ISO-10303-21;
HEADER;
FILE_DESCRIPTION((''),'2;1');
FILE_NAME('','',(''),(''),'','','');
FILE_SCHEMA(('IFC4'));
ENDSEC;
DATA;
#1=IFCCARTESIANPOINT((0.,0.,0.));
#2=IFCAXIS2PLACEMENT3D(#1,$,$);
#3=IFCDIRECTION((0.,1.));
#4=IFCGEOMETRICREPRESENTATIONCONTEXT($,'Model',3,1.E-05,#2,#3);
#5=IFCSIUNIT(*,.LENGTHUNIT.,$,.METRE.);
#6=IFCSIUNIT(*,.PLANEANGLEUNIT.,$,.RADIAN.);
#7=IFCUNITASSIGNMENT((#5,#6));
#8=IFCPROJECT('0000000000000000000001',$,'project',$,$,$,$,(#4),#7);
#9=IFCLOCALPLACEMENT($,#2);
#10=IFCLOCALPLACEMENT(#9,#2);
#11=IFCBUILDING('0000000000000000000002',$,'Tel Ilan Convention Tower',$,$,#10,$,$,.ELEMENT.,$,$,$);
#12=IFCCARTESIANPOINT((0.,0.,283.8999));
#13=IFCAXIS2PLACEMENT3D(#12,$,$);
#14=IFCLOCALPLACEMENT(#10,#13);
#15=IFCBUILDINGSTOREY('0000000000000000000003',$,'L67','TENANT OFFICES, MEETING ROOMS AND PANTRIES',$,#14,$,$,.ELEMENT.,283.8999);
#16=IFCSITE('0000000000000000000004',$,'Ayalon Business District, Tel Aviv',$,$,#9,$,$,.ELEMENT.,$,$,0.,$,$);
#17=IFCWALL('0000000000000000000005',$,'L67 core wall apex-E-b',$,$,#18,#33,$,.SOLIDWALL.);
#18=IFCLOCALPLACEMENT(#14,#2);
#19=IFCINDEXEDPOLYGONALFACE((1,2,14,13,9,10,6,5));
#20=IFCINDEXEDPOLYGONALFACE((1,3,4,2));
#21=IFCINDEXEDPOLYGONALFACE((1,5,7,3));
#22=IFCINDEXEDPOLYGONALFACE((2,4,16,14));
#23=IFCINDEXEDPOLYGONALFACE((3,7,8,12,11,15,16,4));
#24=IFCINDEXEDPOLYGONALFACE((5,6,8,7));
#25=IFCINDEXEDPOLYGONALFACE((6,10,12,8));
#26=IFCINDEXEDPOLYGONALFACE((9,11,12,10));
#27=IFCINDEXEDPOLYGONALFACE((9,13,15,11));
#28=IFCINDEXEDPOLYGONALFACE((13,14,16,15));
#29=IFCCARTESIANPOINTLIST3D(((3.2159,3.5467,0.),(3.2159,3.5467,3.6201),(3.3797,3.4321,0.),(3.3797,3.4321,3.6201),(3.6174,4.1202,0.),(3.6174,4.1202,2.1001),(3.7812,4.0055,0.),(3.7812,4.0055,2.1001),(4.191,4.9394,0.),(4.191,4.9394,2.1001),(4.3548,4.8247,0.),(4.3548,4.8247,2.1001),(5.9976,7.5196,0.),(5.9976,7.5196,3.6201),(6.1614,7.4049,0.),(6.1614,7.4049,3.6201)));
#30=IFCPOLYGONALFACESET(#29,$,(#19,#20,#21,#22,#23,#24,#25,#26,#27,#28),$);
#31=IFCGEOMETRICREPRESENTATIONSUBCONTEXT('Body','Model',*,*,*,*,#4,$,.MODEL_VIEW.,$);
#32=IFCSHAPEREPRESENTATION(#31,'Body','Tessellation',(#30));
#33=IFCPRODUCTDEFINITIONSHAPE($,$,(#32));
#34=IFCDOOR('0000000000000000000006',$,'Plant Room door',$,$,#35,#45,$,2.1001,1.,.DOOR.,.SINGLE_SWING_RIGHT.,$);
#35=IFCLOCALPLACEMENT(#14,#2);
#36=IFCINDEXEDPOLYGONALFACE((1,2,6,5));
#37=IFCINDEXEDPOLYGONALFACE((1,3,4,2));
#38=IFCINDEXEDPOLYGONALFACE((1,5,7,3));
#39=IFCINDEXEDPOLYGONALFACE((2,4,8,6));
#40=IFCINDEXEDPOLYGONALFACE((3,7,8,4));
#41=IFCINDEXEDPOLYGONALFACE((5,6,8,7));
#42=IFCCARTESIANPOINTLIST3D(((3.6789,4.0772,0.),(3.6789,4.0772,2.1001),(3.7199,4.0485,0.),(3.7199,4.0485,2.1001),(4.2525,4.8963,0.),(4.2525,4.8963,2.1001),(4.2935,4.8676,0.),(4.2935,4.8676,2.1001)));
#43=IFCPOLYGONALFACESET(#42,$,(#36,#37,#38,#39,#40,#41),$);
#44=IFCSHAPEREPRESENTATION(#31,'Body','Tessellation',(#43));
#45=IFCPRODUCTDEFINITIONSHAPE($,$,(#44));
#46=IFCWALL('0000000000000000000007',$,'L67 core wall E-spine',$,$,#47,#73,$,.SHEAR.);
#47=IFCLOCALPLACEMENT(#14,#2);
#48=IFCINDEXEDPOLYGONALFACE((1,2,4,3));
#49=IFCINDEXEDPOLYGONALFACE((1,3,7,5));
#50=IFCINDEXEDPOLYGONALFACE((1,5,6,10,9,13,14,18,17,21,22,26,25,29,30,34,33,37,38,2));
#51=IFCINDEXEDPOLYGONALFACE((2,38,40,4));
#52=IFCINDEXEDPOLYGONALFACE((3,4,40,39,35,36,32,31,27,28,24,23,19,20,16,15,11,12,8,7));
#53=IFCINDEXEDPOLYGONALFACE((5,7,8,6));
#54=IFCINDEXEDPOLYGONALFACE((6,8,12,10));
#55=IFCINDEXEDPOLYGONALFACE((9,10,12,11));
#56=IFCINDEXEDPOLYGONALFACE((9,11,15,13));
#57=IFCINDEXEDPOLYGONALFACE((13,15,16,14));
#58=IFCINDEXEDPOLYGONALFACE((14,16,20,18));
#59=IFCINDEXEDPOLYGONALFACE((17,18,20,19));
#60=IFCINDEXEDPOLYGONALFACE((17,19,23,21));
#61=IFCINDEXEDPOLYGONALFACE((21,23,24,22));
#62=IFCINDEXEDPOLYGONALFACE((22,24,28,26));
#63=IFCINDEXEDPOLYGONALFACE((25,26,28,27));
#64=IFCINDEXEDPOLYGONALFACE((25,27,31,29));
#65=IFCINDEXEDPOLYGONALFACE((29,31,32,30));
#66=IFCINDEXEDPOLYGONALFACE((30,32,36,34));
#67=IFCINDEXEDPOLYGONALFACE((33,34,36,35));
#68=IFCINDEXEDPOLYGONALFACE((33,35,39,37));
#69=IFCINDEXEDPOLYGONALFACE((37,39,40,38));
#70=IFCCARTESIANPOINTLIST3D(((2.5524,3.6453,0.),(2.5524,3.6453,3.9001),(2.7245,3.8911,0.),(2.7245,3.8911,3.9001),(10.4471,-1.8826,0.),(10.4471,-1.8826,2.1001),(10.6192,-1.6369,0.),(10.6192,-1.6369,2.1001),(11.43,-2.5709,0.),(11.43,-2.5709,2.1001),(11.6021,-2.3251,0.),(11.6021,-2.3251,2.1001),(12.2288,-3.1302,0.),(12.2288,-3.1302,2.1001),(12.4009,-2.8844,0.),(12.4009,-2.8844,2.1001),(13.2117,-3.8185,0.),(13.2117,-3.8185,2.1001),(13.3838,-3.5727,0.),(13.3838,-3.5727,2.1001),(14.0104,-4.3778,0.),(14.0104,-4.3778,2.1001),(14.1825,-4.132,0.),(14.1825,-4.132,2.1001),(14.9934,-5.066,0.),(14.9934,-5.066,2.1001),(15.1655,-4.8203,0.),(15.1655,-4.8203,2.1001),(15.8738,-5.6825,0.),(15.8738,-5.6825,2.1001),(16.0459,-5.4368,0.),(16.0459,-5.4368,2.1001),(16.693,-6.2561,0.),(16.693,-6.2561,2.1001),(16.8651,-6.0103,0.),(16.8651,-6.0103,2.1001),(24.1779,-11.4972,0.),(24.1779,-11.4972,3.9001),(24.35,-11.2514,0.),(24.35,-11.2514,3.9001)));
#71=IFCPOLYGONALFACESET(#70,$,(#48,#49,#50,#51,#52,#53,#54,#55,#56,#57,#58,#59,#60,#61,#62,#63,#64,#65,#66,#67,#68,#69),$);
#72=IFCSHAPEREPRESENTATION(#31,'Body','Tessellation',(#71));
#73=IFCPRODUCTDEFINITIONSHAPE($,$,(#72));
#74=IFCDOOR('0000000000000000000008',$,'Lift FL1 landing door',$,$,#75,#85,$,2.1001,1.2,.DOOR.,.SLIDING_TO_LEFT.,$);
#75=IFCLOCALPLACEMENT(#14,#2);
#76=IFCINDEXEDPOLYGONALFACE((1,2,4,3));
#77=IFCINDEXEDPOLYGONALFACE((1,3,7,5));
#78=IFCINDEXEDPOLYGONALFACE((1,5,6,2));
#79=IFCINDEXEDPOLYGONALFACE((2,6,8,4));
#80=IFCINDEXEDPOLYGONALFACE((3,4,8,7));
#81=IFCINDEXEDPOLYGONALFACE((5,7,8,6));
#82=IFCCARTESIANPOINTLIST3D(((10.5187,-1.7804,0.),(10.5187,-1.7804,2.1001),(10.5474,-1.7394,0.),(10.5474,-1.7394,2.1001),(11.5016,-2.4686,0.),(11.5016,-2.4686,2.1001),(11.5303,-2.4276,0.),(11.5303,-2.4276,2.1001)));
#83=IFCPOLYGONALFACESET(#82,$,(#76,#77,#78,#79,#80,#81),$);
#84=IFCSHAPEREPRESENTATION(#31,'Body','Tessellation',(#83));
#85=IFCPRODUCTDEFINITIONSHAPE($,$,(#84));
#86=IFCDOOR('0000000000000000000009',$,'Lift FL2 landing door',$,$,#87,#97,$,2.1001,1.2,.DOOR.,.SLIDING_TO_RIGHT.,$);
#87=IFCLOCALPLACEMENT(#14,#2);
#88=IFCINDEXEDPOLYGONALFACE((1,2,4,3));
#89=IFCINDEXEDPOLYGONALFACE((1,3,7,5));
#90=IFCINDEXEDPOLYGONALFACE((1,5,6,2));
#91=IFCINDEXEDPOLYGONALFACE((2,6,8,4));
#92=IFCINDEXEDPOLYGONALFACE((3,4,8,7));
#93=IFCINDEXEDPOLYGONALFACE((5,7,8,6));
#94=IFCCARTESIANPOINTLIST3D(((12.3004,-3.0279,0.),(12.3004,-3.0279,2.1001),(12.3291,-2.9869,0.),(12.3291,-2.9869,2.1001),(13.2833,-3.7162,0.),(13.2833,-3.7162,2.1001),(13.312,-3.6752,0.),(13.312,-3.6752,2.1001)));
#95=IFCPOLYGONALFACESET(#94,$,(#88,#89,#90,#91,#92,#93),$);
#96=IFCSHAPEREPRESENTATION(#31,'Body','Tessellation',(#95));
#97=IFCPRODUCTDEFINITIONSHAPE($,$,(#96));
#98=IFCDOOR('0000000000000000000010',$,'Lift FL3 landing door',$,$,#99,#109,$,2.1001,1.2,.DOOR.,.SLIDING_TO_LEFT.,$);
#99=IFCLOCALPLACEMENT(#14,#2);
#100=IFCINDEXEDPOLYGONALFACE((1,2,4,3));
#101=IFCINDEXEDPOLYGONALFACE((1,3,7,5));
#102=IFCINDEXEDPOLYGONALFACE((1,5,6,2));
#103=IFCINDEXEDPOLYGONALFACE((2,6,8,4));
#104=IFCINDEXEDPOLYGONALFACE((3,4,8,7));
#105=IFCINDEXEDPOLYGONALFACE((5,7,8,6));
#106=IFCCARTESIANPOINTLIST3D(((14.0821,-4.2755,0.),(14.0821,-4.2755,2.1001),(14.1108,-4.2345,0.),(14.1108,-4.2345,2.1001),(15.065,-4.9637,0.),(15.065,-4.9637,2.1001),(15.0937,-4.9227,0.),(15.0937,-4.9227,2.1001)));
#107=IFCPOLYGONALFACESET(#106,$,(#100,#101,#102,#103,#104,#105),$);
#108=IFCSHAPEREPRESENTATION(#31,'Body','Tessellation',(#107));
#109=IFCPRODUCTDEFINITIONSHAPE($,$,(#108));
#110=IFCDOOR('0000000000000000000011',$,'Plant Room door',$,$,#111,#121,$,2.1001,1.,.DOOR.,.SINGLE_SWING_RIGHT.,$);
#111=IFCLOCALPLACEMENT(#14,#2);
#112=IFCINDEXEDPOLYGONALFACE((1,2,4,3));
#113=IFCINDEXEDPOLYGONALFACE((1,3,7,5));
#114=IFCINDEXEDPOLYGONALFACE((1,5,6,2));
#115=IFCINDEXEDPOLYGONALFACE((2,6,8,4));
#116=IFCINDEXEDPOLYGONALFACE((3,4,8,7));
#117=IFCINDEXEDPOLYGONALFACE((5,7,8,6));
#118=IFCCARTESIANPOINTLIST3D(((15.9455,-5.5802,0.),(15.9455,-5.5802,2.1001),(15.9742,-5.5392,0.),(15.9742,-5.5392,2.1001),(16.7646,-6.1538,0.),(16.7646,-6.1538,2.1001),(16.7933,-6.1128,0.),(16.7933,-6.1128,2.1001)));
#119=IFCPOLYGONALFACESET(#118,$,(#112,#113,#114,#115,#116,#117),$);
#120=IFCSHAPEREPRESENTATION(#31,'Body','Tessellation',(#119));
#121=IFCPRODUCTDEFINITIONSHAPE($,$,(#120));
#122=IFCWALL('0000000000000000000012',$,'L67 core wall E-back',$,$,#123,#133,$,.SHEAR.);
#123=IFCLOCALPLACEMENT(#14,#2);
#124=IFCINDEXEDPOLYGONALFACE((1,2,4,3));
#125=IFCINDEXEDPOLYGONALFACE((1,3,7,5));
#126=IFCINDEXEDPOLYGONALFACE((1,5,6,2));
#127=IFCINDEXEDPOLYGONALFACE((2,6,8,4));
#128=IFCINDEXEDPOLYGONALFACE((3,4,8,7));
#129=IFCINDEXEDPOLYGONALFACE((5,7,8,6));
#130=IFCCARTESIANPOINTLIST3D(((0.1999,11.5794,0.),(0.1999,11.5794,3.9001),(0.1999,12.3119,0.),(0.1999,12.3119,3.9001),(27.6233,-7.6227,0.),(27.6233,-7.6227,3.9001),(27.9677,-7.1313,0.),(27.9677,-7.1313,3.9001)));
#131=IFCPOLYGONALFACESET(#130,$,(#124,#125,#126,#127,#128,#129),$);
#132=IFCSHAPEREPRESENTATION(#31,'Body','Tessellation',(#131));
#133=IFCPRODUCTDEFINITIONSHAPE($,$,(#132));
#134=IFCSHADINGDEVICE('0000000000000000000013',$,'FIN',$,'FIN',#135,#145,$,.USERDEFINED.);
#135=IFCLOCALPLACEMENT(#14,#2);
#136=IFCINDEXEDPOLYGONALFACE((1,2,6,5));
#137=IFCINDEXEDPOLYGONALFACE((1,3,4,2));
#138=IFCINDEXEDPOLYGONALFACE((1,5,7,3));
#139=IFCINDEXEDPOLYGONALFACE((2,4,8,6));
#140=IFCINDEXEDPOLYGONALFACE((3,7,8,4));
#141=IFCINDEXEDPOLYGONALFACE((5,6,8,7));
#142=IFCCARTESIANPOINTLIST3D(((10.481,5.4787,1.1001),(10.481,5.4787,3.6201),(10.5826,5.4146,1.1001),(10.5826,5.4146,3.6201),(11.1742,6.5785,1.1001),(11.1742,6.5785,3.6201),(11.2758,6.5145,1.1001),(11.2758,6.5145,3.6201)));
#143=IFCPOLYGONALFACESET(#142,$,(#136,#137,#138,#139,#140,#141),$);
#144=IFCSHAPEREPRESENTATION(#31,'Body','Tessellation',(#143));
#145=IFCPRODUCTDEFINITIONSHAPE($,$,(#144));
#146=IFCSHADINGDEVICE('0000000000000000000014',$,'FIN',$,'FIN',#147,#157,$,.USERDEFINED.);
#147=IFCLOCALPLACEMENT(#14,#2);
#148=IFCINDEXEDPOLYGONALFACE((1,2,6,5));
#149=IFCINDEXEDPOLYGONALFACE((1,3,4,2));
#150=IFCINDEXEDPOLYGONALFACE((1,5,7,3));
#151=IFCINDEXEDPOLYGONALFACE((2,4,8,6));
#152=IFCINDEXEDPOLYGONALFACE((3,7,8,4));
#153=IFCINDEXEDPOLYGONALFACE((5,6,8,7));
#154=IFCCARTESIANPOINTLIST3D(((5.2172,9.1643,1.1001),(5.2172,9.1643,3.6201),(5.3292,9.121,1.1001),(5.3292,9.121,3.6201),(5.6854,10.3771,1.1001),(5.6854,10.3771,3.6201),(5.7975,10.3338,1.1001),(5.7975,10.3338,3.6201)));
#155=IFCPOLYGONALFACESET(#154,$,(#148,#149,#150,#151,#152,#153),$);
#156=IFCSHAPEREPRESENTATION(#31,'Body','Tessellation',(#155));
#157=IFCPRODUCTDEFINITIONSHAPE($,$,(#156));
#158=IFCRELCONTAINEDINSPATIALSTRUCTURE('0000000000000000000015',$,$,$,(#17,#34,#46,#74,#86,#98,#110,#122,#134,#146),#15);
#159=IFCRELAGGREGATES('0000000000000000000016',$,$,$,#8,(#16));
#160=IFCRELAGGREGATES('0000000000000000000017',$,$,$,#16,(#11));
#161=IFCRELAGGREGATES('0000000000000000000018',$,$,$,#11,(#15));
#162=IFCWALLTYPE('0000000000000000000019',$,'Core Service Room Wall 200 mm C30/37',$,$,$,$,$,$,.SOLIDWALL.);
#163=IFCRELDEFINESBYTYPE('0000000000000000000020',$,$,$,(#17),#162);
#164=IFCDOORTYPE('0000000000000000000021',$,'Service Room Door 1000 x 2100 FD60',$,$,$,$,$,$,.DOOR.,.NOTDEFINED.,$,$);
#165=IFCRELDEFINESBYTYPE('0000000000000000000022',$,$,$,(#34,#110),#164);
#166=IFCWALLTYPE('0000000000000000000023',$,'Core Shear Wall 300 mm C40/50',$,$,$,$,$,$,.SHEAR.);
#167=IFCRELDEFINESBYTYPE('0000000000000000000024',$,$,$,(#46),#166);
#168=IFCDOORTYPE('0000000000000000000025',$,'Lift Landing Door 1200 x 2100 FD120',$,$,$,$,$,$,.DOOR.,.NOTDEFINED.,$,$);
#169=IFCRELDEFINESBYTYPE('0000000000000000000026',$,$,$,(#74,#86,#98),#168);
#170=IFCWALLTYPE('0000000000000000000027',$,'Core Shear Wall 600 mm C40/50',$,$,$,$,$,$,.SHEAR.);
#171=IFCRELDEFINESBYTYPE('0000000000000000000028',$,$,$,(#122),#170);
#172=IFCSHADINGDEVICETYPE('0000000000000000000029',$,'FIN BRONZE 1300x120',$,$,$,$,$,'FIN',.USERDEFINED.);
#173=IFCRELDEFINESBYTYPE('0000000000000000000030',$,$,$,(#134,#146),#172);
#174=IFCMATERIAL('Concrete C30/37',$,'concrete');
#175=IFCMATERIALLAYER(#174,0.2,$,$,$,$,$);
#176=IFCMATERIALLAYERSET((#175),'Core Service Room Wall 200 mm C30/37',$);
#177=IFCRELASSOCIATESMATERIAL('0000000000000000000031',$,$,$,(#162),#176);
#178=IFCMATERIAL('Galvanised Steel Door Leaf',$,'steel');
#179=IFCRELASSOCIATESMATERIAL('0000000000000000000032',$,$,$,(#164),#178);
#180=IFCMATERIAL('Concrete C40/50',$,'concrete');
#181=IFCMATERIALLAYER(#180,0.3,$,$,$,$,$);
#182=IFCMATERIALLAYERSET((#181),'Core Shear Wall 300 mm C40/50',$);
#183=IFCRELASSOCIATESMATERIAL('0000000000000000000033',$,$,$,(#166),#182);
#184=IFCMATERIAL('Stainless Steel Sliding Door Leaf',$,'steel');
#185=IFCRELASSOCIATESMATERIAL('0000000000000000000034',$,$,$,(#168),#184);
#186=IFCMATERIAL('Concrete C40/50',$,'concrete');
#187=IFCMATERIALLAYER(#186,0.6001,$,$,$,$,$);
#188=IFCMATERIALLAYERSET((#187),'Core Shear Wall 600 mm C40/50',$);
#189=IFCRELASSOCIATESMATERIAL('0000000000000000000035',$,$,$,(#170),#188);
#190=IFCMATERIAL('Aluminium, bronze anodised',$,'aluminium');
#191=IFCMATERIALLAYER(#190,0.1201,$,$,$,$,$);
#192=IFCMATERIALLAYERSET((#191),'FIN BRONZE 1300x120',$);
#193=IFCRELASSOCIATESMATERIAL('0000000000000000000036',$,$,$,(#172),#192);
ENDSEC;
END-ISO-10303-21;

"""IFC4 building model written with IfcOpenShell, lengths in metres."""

from ifc_helpers import new_model, si_unit, direction, frame, frame_2d, origin, origin_2d, place, context, subcontext, project, spatial, polyline, rectangle, outline, extrude, material, layer, layer_set, type_object, element, fill, save


model = new_model("IFC4")

# Units and contexts
model_context = context("Model", 3, precision=1e-05, world=origin(), true_north=direction((0.0, 1.0)))
body_context = subcontext(model_context, "Body", "Model", "MODEL_VIEW")
ifc_project = project(units=[si_unit("LENGTHUNIT", "METRE"), si_unit("PLANEANGLEUNIT", "RADIAN")], contexts=[model_context])

# Site, building, storey
site_placement = place(None, origin())
site = spatial("IfcSite", under=ifc_project, at=site_placement, Name="Ayalon Business District, Tel Aviv", CompositionType="ELEMENT", RefElevation=0.0)
building_placement = place(site_placement, origin())
building = spatial("IfcBuilding", under=site, at=building_placement, Name="Tel Ilan Convention Tower", CompositionType="ELEMENT")
storey_placement = place(building_placement, frame((0.0, 0.0, 283.8999)))
storey = spatial("IfcBuildingStorey", under=building, at=storey_placement, Name="L67", Description="TENANT OFFICES, MEETING ROOMS AND PANTRIES", CompositionType="ELEMENT", Elevation=283.8999)

# Wall, opening, door
ifc_material_1 = material(Name="Concrete C30/37", Category="concrete")
ifc_layer_1 = layer(ifc_material_1, 0.2)
ifc_layer_set_1 = layer_set([ifc_layer_1], Name="Core Service Room Wall 200 mm C30/37")
wall_type_1 = type_object("IfcWallType", Name="Core Service Room Wall 200 mm C30/37", PredefinedType="SOLIDWALL", material=ifc_layer_set_1)
wall_1_placement = place(storey_placement, frame((3.2979, 3.4895, 0.0), z_axis=(0.0, 0.0, 1.0), x_axis=(0.57356, 0.819163, 0.0)))
wall_1 = element("IfcWall", 1, at=wall_1_placement, inside=storey, type_object=wall_type_1, Name="L67 core wall apex-E-b", PredefinedType="SOLIDWALL", context=body_context, shape_type="SweptSolid", body=[
    extrude(rectangle(XDim=4.8499, YDim=0.2, at=frame_2d((2.4248, 0.0))), origin(), (0.0, 0.0, 1.0), 3.6201),
])
opening_1_placement = place(wall_1_placement, frame((0.7, 0.0, 0.0)))
opening_1 = element("IfcOpeningElement", 2, at=opening_1_placement, cuts=wall_1, PredefinedType="OPENING", context=body_context, shape_type="SweptSolid", body=[
    extrude(rectangle(XDim=1.0, YDim=2.1001, at=frame_2d((0.5, 1.05))), frame((0.0, 0.1099, 0.0), z_axis=(0.0, -1.0, 0.0), x_axis=(1.0, 0.0, 0.0)), (0.0, 0.0, 1.0), 0.22),
])
ifc_material_2 = material(Name="Galvanised Steel Door Leaf", Category="steel")
door_type_1 = type_object("IfcDoorType", Name="Service Room Door 1000 x 2100 FD60", OperationType="NOTDEFINED", PredefinedType="DOOR", material=ifc_material_2)
door_1_placement = place(opening_1_placement, origin())
door_1 = element("IfcDoor", 3, at=door_1_placement, inside=storey, type_object=door_type_1, Name="Plant Room door", OperationType="SINGLE_SWING_RIGHT", OverallHeight=2.1001, OverallWidth=1.0, PredefinedType="DOOR", context=body_context, shape_type="SweptSolid", body=[
    extrude(rectangle(XDim=1.0, YDim=2.1001, at=frame_2d((0.5, 1.05))), frame((0.0, 0.0249, 0.0), z_axis=(0.0, -1.0, 0.0), x_axis=(1.0, 0.0, 0.0)), (0.0, 0.0, 1.0), 0.05),
])
fill(opening_1, door_1)

# Wall, openings, doors
ifc_material_3 = material(Name="Concrete C40/50", Category="concrete")
ifc_layer_2 = layer(ifc_material_3, 0.3)
ifc_layer_set_2 = layer_set([ifc_layer_2], Name="Core Shear Wall 300 mm C40/50")
wall_type_2 = type_object("IfcWallType", Name="Core Shear Wall 300 mm C40/50", PredefinedType="SHEAR", material=ifc_layer_set_2)
wall_2_placement = place(storey_placement, frame((2.6384, 3.7681, 0.0), z_axis=(0.0, 0.0, 1.0), x_axis=(0.819155, -0.573572, 0.0)))
wall_2 = element("IfcWall", 4, at=wall_2_placement, inside=storey, type_object=wall_type_2, Name="L67 core wall E-spine", PredefinedType="SHEAR", context=body_context, shape_type="SweptSolid", body=[
    extrude(outline(polyline([(0.0, 0.1501), (0.0, -0.1499), (26.3999, -0.1501), (26.3999, 0.1499), (0.0, 0.1501)])), origin(), (0.0, 0.0, 1.0), 3.9001),
])
opening_2_placement = place(wall_2_placement, frame((9.6375, 0.0, 0.0)))
opening_2 = element("IfcOpeningElement", 5, at=opening_2_placement, cuts=wall_2, PredefinedType="OPENING", context=body_context, shape_type="SweptSolid", body=[
    extrude(rectangle(XDim=1.2, YDim=2.1001, at=frame_2d((0.6001, 1.05))), frame((0.0, 0.1599, 0.0), z_axis=(0.0, -1.0, 0.0), x_axis=(1.0, 0.0, 0.0)), (0.0, 0.0, 1.0), 0.3201),
])
opening_3_placement = place(wall_2_placement, frame((11.8125, 0.0, 0.0)))
opening_3 = element("IfcOpeningElement", 6, at=opening_3_placement, cuts=wall_2, PredefinedType="OPENING", context=body_context, shape_type="SweptSolid", body=[
    extrude(rectangle(XDim=1.2, YDim=2.1001, at=frame_2d((0.6001, 1.05))), frame((0.0, 0.1599, 0.0), z_axis=(0.0, -1.0, 0.0), x_axis=(1.0, 0.0, 0.0)), (0.0, 0.0, 1.0), 0.3201),
])
opening_4_placement = place(wall_2_placement, frame((13.9875, 0.0, 0.0)))
opening_4 = element("IfcOpeningElement", 7, at=opening_4_placement, cuts=wall_2, PredefinedType="OPENING", context=body_context, shape_type="SweptSolid", body=[
    extrude(rectangle(XDim=1.2, YDim=2.1001, at=frame_2d((0.6001, 1.05))), frame((0.0, 0.1599, 0.0), z_axis=(0.0, -1.0, 0.0), x_axis=(1.0, 0.0, 0.0)), (0.0, 0.0, 1.0), 0.3201),
])
opening_5_placement = place(wall_2_placement, frame((16.2625, 0.0, 0.0)))
opening_5 = element("IfcOpeningElement", 8, at=opening_5_placement, cuts=wall_2, PredefinedType="OPENING", context=body_context, shape_type="SweptSolid", body=[
    extrude(rectangle(XDim=1.0, YDim=2.1001, at=frame_2d((0.5, 1.05))), frame((0.0, 0.1599, 0.0), z_axis=(0.0, -1.0, 0.0), x_axis=(1.0, 0.0, 0.0)), (0.0, 0.0, 1.0), 0.3201),
])
ifc_material_4 = material(Name="Stainless Steel Sliding Door Leaf", Category="steel")
door_type_2 = type_object("IfcDoorType", Name="Lift Landing Door 1200 x 2100 FD120", OperationType="NOTDEFINED", PredefinedType="DOOR", material=ifc_material_4)
door_2_placement = place(opening_2_placement, origin())
door_2 = element("IfcDoor", 9, at=door_2_placement, inside=storey, type_object=door_type_2, Name="Lift FL1 landing door", OperationType="SLIDING_TO_LEFT", OverallHeight=2.1001, OverallWidth=1.2, PredefinedType="DOOR", context=body_context, shape_type="SweptSolid", body=[
    extrude(rectangle(XDim=1.2, YDim=2.1001, at=frame_2d((0.6001, 1.05))), frame((0.0, 0.0249, 0.0), z_axis=(0.0, -1.0, 0.0), x_axis=(1.0, 0.0, 0.0)), (0.0, 0.0, 1.0), 0.05),
])
fill(opening_2, door_2)
door_3_placement = place(opening_3_placement, origin())
door_3 = element("IfcDoor", 10, at=door_3_placement, inside=storey, type_object=door_type_2, Name="Lift FL2 landing door", OperationType="SLIDING_TO_RIGHT", OverallHeight=2.1001, OverallWidth=1.2, PredefinedType="DOOR", context=body_context, shape_type="SweptSolid", body=[
    extrude(rectangle(XDim=1.2, YDim=2.1001, at=frame_2d((0.6001, 1.05))), frame((0.0, 0.0249, 0.0), z_axis=(0.0, -1.0, 0.0), x_axis=(1.0, 0.0, 0.0)), (0.0, 0.0, 1.0), 0.05),
])
fill(opening_3, door_3)
door_4_placement = place(opening_4_placement, origin())
door_4 = element("IfcDoor", 11, at=door_4_placement, inside=storey, type_object=door_type_2, Name="Lift FL3 landing door", OperationType="SLIDING_TO_LEFT", OverallHeight=2.1001, OverallWidth=1.2, PredefinedType="DOOR", context=body_context, shape_type="SweptSolid", body=[
    extrude(rectangle(XDim=1.2, YDim=2.1001, at=frame_2d((0.6001, 1.05))), frame((0.0, 0.0249, 0.0), z_axis=(0.0, -1.0, 0.0), x_axis=(1.0, 0.0, 0.0)), (0.0, 0.0, 1.0), 0.05),
])
fill(opening_4, door_4)
door_5_placement = place(opening_5_placement, origin())
door_5 = element("IfcDoor", 12, at=door_5_placement, inside=storey, type_object=door_type_1, Name="Plant Room door", OperationType="SINGLE_SWING_RIGHT", OverallHeight=2.1001, OverallWidth=1.0, PredefinedType="DOOR", context=body_context, shape_type="SweptSolid", body=[
    extrude(rectangle(XDim=1.0, YDim=2.1001, at=frame_2d((0.5, 1.05))), frame((0.0, 0.0249, 0.0), z_axis=(0.0, -1.0, 0.0), x_axis=(1.0, 0.0, 0.0)), (0.0, 0.0, 1.0), 0.05),
])
fill(opening_5, door_5)

# Wall
ifc_material_5 = material(Name="Concrete C40/50", Category="concrete")
ifc_layer_3 = layer(ifc_material_5, 0.6001)
ifc_layer_set_3 = layer_set([ifc_layer_3], Name="Core Shear Wall 600 mm C40/50")
wall_type_3 = type_object("IfcWallType", Name="Core Shear Wall 600 mm C40/50", PredefinedType="SHEAR", material=ifc_layer_set_3)
wall_3_placement = place(storey_placement, frame((0.0278, 12.0662, 0.0), z_axis=(0.0, 0.0, 1.0), x_axis=(0.819151, -0.573577, 0.0)))
element("IfcWall", 13, at=wall_3_placement, inside=storey, type_object=wall_type_3, Name="L67 core wall E-back", PredefinedType="SHEAR", context=body_context, shape_type="SweptSolid", body=[
    extrude(outline(polyline([(33.8982, 0.3), (0.0, 0.3), (0.4202, -0.3), (33.8979, -0.3), (33.8982, 0.3)])), origin(), (0.0, 0.0, 1.0), 3.9001),
])

# Shading devices
ifc_material_6 = material(Name="Aluminium, bronze anodised", Category="aluminium")
ifc_layer_4 = layer(ifc_material_6, 0.1201)
ifc_layer_set_4 = layer_set([ifc_layer_4], Name="FIN BRONZE 1300x120")
shading_device_type_1 = type_object("IfcShadingDeviceType", Name="FIN BRONZE 1300x120", ElementType="FIN", PredefinedType="USERDEFINED", material=ifc_layer_set_4)
for number, where, z_axis, x_axis, name in (
    (14, (10.8784, 5.9966, 1.1001), (0.0, 0.0, 1.0), (0.533204, 0.845986, 0.0), "FIN"),
    (15, (5.5073, 9.749, 1.1001), (0.0, 0.0, 1.0), (0.360178, 0.932884, 0.0), "FIN"),
):
    element("IfcShadingDevice", number, at=place(storey_placement, frame(where, z_axis=z_axis, x_axis=x_axis)), inside=storey, type_object=shading_device_type_1, Name=name, ObjectType="FIN", PredefinedType="USERDEFINED", context=body_context, shape_type="SweptSolid", body=[
        extrude(rectangle(XDim=1.3, YDim=0.1201, at=origin_2d()), origin(), (0.0, 0.0, 1.0), 2.52),
    ])

save(model, "model.ifc")
